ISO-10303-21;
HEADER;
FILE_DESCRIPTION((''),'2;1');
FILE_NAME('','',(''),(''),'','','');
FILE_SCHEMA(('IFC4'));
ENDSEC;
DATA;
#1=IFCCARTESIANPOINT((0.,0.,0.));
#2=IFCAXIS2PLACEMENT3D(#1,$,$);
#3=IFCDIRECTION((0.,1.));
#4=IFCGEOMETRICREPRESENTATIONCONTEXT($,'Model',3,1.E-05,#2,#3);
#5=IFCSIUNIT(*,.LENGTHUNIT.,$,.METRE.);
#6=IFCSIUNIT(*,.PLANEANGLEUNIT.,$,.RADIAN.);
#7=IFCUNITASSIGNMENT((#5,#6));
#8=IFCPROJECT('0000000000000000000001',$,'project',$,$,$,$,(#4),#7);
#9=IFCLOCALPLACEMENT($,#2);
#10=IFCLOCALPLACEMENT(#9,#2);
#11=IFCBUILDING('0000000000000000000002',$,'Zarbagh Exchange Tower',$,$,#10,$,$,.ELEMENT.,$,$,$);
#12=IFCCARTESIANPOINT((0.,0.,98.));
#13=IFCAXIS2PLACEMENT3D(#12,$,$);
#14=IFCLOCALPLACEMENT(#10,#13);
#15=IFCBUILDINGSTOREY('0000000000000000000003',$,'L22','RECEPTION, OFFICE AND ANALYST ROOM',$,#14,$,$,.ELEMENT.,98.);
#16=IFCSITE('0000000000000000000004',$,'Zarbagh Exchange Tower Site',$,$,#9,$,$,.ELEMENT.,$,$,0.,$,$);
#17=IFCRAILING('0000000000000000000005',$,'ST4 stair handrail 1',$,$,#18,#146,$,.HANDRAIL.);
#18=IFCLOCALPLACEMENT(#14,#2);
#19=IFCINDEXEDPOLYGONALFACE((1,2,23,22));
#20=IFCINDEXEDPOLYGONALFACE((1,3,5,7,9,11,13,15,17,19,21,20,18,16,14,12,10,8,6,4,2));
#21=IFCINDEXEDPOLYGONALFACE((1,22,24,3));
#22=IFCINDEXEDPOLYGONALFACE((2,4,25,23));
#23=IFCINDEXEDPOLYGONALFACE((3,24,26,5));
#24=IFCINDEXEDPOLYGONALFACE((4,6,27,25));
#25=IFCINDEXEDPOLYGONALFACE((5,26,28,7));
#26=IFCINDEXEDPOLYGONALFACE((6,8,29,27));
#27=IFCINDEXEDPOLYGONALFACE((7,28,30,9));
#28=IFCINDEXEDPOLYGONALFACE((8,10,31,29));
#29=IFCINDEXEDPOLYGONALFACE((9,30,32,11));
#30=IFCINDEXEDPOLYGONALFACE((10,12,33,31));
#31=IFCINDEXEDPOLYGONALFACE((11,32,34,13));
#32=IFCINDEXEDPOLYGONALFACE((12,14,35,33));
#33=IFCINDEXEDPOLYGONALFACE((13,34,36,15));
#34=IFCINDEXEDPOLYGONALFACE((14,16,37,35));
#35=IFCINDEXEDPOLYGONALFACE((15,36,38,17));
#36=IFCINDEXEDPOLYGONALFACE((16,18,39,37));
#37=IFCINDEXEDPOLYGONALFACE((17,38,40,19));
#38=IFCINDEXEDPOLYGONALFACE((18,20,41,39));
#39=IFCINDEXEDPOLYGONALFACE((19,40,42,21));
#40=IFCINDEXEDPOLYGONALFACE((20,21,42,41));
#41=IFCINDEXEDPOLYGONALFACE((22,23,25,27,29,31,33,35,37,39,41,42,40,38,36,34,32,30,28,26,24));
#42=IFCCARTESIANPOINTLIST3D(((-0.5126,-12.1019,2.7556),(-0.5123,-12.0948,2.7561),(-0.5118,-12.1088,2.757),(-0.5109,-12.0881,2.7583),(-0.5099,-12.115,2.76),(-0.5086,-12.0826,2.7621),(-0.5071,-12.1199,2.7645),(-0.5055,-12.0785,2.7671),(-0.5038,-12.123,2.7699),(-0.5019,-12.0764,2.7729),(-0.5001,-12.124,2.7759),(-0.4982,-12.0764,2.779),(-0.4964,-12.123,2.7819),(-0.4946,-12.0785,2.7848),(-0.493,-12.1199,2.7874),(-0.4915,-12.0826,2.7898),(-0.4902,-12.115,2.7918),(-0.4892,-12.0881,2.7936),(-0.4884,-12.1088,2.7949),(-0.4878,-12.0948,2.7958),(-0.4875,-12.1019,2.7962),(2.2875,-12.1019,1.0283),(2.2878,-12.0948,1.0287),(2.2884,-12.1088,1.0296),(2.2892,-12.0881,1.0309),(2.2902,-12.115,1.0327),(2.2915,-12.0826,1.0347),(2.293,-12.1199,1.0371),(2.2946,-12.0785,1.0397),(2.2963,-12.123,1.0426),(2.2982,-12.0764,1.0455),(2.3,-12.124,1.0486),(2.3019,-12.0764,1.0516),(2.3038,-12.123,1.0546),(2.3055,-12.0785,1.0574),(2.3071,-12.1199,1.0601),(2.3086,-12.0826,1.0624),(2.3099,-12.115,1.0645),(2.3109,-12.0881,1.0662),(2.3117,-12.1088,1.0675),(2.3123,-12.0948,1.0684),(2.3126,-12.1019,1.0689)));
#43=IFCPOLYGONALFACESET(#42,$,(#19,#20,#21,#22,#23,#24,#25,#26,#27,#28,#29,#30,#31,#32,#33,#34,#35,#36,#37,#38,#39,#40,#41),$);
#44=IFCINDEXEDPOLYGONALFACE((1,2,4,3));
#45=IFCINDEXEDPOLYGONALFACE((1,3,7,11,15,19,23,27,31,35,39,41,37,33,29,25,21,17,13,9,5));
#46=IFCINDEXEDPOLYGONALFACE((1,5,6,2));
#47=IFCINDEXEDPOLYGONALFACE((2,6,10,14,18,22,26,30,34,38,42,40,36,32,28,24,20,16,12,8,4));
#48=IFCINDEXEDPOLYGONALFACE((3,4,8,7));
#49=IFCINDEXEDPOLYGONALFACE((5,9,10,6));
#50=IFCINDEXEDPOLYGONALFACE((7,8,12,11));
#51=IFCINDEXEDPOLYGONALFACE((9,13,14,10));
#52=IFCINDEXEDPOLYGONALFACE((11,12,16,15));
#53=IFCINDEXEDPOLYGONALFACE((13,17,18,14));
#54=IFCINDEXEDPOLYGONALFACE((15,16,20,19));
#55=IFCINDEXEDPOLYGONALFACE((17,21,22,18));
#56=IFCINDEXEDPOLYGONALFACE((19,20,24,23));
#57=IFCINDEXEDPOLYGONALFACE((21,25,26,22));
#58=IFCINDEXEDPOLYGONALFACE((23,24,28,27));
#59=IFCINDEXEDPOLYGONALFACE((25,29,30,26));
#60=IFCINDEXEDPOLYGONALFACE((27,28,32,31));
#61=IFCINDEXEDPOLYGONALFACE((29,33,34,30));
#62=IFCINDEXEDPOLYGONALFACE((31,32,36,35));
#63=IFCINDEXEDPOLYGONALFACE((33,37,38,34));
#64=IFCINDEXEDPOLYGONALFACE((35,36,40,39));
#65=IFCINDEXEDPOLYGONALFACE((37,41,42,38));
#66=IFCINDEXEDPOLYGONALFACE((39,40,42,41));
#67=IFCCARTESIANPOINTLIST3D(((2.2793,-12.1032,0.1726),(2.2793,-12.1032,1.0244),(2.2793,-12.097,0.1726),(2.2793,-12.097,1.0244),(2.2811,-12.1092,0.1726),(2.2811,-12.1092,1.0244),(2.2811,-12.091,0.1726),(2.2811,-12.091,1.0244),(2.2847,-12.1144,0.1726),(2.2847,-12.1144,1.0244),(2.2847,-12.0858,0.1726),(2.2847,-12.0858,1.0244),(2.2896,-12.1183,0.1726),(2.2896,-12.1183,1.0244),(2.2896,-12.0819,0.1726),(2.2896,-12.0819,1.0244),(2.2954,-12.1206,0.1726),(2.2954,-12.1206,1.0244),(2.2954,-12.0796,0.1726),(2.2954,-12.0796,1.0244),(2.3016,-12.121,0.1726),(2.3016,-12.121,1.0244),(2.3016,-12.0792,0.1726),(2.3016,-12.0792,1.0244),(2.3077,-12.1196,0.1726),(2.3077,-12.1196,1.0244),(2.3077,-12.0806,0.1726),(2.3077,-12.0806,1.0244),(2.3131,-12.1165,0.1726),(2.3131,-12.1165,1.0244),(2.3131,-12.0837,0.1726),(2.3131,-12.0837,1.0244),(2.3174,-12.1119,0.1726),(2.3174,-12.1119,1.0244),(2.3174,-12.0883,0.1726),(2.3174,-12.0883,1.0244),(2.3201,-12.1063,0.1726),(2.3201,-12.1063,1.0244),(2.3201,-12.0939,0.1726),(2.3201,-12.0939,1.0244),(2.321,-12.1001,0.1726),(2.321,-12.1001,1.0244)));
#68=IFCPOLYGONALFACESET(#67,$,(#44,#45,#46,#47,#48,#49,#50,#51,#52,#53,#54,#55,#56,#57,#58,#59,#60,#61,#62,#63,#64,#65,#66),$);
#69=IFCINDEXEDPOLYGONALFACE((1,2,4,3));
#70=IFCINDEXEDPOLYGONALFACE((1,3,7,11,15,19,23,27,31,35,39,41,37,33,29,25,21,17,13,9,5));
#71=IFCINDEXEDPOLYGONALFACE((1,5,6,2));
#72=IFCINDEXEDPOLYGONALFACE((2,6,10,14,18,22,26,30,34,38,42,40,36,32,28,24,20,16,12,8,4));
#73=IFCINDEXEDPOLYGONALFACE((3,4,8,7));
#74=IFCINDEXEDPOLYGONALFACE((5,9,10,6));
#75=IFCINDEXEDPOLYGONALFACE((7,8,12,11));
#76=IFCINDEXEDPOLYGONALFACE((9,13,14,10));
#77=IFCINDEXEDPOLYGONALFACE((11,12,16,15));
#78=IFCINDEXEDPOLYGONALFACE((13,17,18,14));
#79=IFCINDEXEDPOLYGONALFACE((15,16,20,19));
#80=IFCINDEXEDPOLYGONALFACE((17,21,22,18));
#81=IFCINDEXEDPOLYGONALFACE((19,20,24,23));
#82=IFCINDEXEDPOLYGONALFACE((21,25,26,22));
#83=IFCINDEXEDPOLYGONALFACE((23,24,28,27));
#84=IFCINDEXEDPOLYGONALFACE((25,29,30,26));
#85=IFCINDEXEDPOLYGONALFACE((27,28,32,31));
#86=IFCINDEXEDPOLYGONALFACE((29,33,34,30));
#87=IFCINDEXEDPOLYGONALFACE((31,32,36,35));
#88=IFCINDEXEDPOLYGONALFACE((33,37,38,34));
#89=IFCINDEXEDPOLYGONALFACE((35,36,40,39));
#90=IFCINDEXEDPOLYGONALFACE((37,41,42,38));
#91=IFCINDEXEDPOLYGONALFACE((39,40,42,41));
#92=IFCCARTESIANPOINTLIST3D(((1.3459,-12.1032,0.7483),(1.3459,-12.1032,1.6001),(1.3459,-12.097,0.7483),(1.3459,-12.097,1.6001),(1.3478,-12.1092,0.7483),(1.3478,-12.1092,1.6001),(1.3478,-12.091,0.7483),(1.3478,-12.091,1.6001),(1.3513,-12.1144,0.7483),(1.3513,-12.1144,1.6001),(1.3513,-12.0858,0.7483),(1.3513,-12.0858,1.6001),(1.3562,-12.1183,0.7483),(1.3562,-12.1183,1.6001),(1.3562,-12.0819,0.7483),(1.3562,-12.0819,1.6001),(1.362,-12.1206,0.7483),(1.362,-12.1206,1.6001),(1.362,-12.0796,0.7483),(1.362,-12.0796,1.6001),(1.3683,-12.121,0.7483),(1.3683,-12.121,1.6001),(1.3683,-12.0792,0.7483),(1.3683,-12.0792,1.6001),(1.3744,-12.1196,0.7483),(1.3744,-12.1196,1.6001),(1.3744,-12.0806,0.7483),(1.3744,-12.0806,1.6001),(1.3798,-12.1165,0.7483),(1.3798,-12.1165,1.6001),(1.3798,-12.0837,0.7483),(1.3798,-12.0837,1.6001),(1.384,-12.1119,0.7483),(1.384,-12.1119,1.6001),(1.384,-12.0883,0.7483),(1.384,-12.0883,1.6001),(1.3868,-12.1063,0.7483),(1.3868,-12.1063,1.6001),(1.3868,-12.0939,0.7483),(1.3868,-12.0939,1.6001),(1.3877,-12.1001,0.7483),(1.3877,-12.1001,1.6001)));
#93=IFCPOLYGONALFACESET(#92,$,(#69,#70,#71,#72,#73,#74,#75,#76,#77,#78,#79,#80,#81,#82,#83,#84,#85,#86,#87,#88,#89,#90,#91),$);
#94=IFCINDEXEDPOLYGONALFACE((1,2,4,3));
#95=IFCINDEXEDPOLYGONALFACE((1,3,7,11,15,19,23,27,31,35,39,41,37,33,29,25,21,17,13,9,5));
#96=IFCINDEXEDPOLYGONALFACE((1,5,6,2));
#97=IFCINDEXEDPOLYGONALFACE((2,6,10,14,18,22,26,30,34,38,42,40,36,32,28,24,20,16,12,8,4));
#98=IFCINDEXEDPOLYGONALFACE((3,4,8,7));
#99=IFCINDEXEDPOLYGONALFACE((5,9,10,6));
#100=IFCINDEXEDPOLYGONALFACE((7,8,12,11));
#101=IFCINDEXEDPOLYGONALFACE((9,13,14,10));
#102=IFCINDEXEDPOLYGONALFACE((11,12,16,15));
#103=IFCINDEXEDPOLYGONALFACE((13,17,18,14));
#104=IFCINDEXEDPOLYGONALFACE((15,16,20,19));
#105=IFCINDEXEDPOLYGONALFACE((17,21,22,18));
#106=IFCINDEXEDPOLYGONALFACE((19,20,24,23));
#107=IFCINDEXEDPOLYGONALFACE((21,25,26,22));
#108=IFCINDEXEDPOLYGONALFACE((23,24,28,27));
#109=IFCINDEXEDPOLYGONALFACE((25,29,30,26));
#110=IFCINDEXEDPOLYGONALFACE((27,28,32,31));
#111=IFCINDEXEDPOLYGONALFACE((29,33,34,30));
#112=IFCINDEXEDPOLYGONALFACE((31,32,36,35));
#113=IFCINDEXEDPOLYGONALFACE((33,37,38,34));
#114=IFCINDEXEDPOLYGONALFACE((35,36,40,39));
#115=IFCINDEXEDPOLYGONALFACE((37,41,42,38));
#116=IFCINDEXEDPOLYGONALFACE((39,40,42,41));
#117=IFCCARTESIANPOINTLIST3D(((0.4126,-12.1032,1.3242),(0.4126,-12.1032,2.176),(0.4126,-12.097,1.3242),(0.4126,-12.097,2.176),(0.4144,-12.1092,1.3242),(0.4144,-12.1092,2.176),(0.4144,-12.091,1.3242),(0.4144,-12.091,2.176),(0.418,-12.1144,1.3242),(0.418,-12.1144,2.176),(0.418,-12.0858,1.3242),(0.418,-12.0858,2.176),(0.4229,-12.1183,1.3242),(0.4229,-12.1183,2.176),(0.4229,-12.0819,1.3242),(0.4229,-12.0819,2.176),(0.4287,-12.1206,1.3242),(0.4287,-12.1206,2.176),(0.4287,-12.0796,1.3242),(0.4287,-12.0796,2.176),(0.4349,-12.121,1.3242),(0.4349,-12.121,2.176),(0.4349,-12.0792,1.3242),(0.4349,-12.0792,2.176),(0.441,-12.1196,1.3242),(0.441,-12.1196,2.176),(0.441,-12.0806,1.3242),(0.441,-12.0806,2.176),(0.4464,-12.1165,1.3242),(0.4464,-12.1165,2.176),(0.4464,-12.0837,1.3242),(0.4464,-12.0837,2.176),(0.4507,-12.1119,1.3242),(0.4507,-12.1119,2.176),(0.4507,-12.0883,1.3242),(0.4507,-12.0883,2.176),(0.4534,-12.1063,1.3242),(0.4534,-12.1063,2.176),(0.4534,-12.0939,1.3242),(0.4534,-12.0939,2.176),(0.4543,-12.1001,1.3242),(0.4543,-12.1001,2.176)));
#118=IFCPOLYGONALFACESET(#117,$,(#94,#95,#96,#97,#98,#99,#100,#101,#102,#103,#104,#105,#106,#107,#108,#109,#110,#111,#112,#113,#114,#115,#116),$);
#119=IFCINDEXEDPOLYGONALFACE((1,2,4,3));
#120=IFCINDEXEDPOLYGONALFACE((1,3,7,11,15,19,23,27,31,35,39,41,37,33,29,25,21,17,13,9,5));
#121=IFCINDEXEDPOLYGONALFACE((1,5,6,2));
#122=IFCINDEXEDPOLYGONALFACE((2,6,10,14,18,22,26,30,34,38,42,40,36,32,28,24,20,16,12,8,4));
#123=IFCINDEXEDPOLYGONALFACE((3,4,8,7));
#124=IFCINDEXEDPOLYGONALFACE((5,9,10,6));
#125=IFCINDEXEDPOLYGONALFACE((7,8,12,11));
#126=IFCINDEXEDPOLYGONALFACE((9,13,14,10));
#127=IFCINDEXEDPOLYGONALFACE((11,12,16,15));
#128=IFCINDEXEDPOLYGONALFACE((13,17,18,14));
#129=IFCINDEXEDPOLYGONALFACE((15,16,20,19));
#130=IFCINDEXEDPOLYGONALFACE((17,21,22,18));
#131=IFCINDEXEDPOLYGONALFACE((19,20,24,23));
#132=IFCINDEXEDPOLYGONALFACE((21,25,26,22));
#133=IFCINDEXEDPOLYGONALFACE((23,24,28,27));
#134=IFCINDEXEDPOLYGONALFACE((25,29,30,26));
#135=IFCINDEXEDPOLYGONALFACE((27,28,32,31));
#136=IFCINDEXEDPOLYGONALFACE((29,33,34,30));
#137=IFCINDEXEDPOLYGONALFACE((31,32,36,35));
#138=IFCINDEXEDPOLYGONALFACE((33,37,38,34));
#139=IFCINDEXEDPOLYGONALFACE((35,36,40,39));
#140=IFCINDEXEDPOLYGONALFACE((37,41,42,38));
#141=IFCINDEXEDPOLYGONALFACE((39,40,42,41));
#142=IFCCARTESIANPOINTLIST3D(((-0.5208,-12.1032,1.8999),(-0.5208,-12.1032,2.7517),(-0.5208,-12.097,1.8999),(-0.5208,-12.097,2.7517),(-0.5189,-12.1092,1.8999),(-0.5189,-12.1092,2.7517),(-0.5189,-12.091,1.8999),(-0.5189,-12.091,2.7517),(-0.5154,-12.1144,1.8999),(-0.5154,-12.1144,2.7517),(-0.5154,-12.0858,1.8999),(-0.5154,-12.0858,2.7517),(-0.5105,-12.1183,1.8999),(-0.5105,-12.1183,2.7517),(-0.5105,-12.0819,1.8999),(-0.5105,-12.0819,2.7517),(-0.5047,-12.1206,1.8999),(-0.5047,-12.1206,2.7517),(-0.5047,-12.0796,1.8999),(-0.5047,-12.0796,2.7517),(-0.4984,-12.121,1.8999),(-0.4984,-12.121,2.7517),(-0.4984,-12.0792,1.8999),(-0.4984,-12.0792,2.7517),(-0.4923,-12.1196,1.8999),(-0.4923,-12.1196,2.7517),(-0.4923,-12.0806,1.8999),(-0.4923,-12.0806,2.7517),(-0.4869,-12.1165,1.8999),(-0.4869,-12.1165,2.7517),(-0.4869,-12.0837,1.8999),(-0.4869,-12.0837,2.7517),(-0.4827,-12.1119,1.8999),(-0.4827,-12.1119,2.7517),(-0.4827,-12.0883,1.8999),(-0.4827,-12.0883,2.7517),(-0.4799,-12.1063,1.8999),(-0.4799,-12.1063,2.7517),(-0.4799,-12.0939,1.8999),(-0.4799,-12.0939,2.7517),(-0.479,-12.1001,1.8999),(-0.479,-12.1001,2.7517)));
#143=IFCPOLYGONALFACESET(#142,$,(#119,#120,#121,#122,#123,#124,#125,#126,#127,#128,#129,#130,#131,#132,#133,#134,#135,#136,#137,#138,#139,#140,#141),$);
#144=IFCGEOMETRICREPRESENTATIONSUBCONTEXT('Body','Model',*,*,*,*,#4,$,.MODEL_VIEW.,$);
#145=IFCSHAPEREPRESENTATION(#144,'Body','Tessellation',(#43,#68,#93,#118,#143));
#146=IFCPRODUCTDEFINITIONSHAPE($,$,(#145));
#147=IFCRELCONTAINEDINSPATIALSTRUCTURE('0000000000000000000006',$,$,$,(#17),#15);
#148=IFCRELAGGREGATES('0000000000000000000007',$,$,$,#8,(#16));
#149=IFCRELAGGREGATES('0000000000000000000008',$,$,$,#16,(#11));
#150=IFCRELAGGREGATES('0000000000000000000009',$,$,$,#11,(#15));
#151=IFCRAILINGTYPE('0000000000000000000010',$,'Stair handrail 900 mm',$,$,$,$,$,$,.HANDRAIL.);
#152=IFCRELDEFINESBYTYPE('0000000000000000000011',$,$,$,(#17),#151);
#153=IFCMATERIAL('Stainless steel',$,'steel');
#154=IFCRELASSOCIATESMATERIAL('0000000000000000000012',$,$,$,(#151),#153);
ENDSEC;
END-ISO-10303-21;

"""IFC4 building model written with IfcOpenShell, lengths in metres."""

from ifc_helpers import new_model, si_unit, direction, frame, origin, origin_2d, place, context, subcontext, project, spatial, circle, extrude, material, type_object, element, save


model = new_model("IFC4")

# Units and contexts
model_context = context("Model", 3, precision=1e-05, world=origin(), true_north=direction((0.0, 1.0)))
body_context = subcontext(model_context, "Body", "Model", "MODEL_VIEW")
ifc_project = project(units=[si_unit("LENGTHUNIT", "METRE"), si_unit("PLANEANGLEUNIT", "RADIAN")], contexts=[model_context])

# Site, building, storey
site_placement = place(None, origin())
site = spatial("IfcSite", under=ifc_project, at=site_placement, Name="Zarbagh Exchange Tower Site", CompositionType="ELEMENT", RefElevation=0.0)
building_placement = place(site_placement, origin())
building = spatial("IfcBuilding", under=site, at=building_placement, Name="Zarbagh Exchange Tower", CompositionType="ELEMENT")
storey_placement = place(building_placement, frame((0.0, 0.0, 98.0)))
storey = spatial("IfcBuildingStorey", under=building, at=storey_placement, Name="L22", Description="RECEPTION, OFFICE AND ANALYST ROOM", CompositionType="ELEMENT", Elevation=98.0)

# Railing
ifc_material_1 = material(Name="Stainless steel", Category="steel")
railing_type_1 = type_object("IfcRailingType", Name="Stair handrail 900 mm", PredefinedType="HANDRAIL", material=ifc_material_1)
for number, where, name in (
    (1, (2.3, -12.1001, 0.1726), "ST4 stair handrail 1"),
):
    element("IfcRailing", number, at=place(storey_placement, frame(where)), inside=storey, type_object=railing_type_1, Name=name, PredefinedType="HANDRAIL", context=body_context, shape_type="SweptSolid", body=[
        extrude(circle(Radius=0.0239, at=origin_2d()), frame((0.0, 0.0, 0.876), z_axis=(-0.85109, 0.0, 0.52502), x_axis=(0.0, -1.0, 0.0)), (0.0, 0.0, 1.0), 3.29),
        extrude(circle(Radius=0.021, at=origin_2d()), origin(), (0.0, 0.0, 1.0), 0.8518),
        extrude(circle(Radius=0.021, at=origin_2d()), frame((-0.9333, 0.0, 0.5757)), (0.0, 0.0, 1.0), 0.8518),
        extrude(circle(Radius=0.021, at=origin_2d()), frame((-1.8667, 0.0, 1.1516)), (0.0, 0.0, 1.0), 0.8518),
        extrude(circle(Radius=0.021, at=origin_2d()), frame((-2.8, 0.0, 1.7273)), (0.0, 0.0, 1.0), 0.8518),
    ])

save(model, "model.ifc")
